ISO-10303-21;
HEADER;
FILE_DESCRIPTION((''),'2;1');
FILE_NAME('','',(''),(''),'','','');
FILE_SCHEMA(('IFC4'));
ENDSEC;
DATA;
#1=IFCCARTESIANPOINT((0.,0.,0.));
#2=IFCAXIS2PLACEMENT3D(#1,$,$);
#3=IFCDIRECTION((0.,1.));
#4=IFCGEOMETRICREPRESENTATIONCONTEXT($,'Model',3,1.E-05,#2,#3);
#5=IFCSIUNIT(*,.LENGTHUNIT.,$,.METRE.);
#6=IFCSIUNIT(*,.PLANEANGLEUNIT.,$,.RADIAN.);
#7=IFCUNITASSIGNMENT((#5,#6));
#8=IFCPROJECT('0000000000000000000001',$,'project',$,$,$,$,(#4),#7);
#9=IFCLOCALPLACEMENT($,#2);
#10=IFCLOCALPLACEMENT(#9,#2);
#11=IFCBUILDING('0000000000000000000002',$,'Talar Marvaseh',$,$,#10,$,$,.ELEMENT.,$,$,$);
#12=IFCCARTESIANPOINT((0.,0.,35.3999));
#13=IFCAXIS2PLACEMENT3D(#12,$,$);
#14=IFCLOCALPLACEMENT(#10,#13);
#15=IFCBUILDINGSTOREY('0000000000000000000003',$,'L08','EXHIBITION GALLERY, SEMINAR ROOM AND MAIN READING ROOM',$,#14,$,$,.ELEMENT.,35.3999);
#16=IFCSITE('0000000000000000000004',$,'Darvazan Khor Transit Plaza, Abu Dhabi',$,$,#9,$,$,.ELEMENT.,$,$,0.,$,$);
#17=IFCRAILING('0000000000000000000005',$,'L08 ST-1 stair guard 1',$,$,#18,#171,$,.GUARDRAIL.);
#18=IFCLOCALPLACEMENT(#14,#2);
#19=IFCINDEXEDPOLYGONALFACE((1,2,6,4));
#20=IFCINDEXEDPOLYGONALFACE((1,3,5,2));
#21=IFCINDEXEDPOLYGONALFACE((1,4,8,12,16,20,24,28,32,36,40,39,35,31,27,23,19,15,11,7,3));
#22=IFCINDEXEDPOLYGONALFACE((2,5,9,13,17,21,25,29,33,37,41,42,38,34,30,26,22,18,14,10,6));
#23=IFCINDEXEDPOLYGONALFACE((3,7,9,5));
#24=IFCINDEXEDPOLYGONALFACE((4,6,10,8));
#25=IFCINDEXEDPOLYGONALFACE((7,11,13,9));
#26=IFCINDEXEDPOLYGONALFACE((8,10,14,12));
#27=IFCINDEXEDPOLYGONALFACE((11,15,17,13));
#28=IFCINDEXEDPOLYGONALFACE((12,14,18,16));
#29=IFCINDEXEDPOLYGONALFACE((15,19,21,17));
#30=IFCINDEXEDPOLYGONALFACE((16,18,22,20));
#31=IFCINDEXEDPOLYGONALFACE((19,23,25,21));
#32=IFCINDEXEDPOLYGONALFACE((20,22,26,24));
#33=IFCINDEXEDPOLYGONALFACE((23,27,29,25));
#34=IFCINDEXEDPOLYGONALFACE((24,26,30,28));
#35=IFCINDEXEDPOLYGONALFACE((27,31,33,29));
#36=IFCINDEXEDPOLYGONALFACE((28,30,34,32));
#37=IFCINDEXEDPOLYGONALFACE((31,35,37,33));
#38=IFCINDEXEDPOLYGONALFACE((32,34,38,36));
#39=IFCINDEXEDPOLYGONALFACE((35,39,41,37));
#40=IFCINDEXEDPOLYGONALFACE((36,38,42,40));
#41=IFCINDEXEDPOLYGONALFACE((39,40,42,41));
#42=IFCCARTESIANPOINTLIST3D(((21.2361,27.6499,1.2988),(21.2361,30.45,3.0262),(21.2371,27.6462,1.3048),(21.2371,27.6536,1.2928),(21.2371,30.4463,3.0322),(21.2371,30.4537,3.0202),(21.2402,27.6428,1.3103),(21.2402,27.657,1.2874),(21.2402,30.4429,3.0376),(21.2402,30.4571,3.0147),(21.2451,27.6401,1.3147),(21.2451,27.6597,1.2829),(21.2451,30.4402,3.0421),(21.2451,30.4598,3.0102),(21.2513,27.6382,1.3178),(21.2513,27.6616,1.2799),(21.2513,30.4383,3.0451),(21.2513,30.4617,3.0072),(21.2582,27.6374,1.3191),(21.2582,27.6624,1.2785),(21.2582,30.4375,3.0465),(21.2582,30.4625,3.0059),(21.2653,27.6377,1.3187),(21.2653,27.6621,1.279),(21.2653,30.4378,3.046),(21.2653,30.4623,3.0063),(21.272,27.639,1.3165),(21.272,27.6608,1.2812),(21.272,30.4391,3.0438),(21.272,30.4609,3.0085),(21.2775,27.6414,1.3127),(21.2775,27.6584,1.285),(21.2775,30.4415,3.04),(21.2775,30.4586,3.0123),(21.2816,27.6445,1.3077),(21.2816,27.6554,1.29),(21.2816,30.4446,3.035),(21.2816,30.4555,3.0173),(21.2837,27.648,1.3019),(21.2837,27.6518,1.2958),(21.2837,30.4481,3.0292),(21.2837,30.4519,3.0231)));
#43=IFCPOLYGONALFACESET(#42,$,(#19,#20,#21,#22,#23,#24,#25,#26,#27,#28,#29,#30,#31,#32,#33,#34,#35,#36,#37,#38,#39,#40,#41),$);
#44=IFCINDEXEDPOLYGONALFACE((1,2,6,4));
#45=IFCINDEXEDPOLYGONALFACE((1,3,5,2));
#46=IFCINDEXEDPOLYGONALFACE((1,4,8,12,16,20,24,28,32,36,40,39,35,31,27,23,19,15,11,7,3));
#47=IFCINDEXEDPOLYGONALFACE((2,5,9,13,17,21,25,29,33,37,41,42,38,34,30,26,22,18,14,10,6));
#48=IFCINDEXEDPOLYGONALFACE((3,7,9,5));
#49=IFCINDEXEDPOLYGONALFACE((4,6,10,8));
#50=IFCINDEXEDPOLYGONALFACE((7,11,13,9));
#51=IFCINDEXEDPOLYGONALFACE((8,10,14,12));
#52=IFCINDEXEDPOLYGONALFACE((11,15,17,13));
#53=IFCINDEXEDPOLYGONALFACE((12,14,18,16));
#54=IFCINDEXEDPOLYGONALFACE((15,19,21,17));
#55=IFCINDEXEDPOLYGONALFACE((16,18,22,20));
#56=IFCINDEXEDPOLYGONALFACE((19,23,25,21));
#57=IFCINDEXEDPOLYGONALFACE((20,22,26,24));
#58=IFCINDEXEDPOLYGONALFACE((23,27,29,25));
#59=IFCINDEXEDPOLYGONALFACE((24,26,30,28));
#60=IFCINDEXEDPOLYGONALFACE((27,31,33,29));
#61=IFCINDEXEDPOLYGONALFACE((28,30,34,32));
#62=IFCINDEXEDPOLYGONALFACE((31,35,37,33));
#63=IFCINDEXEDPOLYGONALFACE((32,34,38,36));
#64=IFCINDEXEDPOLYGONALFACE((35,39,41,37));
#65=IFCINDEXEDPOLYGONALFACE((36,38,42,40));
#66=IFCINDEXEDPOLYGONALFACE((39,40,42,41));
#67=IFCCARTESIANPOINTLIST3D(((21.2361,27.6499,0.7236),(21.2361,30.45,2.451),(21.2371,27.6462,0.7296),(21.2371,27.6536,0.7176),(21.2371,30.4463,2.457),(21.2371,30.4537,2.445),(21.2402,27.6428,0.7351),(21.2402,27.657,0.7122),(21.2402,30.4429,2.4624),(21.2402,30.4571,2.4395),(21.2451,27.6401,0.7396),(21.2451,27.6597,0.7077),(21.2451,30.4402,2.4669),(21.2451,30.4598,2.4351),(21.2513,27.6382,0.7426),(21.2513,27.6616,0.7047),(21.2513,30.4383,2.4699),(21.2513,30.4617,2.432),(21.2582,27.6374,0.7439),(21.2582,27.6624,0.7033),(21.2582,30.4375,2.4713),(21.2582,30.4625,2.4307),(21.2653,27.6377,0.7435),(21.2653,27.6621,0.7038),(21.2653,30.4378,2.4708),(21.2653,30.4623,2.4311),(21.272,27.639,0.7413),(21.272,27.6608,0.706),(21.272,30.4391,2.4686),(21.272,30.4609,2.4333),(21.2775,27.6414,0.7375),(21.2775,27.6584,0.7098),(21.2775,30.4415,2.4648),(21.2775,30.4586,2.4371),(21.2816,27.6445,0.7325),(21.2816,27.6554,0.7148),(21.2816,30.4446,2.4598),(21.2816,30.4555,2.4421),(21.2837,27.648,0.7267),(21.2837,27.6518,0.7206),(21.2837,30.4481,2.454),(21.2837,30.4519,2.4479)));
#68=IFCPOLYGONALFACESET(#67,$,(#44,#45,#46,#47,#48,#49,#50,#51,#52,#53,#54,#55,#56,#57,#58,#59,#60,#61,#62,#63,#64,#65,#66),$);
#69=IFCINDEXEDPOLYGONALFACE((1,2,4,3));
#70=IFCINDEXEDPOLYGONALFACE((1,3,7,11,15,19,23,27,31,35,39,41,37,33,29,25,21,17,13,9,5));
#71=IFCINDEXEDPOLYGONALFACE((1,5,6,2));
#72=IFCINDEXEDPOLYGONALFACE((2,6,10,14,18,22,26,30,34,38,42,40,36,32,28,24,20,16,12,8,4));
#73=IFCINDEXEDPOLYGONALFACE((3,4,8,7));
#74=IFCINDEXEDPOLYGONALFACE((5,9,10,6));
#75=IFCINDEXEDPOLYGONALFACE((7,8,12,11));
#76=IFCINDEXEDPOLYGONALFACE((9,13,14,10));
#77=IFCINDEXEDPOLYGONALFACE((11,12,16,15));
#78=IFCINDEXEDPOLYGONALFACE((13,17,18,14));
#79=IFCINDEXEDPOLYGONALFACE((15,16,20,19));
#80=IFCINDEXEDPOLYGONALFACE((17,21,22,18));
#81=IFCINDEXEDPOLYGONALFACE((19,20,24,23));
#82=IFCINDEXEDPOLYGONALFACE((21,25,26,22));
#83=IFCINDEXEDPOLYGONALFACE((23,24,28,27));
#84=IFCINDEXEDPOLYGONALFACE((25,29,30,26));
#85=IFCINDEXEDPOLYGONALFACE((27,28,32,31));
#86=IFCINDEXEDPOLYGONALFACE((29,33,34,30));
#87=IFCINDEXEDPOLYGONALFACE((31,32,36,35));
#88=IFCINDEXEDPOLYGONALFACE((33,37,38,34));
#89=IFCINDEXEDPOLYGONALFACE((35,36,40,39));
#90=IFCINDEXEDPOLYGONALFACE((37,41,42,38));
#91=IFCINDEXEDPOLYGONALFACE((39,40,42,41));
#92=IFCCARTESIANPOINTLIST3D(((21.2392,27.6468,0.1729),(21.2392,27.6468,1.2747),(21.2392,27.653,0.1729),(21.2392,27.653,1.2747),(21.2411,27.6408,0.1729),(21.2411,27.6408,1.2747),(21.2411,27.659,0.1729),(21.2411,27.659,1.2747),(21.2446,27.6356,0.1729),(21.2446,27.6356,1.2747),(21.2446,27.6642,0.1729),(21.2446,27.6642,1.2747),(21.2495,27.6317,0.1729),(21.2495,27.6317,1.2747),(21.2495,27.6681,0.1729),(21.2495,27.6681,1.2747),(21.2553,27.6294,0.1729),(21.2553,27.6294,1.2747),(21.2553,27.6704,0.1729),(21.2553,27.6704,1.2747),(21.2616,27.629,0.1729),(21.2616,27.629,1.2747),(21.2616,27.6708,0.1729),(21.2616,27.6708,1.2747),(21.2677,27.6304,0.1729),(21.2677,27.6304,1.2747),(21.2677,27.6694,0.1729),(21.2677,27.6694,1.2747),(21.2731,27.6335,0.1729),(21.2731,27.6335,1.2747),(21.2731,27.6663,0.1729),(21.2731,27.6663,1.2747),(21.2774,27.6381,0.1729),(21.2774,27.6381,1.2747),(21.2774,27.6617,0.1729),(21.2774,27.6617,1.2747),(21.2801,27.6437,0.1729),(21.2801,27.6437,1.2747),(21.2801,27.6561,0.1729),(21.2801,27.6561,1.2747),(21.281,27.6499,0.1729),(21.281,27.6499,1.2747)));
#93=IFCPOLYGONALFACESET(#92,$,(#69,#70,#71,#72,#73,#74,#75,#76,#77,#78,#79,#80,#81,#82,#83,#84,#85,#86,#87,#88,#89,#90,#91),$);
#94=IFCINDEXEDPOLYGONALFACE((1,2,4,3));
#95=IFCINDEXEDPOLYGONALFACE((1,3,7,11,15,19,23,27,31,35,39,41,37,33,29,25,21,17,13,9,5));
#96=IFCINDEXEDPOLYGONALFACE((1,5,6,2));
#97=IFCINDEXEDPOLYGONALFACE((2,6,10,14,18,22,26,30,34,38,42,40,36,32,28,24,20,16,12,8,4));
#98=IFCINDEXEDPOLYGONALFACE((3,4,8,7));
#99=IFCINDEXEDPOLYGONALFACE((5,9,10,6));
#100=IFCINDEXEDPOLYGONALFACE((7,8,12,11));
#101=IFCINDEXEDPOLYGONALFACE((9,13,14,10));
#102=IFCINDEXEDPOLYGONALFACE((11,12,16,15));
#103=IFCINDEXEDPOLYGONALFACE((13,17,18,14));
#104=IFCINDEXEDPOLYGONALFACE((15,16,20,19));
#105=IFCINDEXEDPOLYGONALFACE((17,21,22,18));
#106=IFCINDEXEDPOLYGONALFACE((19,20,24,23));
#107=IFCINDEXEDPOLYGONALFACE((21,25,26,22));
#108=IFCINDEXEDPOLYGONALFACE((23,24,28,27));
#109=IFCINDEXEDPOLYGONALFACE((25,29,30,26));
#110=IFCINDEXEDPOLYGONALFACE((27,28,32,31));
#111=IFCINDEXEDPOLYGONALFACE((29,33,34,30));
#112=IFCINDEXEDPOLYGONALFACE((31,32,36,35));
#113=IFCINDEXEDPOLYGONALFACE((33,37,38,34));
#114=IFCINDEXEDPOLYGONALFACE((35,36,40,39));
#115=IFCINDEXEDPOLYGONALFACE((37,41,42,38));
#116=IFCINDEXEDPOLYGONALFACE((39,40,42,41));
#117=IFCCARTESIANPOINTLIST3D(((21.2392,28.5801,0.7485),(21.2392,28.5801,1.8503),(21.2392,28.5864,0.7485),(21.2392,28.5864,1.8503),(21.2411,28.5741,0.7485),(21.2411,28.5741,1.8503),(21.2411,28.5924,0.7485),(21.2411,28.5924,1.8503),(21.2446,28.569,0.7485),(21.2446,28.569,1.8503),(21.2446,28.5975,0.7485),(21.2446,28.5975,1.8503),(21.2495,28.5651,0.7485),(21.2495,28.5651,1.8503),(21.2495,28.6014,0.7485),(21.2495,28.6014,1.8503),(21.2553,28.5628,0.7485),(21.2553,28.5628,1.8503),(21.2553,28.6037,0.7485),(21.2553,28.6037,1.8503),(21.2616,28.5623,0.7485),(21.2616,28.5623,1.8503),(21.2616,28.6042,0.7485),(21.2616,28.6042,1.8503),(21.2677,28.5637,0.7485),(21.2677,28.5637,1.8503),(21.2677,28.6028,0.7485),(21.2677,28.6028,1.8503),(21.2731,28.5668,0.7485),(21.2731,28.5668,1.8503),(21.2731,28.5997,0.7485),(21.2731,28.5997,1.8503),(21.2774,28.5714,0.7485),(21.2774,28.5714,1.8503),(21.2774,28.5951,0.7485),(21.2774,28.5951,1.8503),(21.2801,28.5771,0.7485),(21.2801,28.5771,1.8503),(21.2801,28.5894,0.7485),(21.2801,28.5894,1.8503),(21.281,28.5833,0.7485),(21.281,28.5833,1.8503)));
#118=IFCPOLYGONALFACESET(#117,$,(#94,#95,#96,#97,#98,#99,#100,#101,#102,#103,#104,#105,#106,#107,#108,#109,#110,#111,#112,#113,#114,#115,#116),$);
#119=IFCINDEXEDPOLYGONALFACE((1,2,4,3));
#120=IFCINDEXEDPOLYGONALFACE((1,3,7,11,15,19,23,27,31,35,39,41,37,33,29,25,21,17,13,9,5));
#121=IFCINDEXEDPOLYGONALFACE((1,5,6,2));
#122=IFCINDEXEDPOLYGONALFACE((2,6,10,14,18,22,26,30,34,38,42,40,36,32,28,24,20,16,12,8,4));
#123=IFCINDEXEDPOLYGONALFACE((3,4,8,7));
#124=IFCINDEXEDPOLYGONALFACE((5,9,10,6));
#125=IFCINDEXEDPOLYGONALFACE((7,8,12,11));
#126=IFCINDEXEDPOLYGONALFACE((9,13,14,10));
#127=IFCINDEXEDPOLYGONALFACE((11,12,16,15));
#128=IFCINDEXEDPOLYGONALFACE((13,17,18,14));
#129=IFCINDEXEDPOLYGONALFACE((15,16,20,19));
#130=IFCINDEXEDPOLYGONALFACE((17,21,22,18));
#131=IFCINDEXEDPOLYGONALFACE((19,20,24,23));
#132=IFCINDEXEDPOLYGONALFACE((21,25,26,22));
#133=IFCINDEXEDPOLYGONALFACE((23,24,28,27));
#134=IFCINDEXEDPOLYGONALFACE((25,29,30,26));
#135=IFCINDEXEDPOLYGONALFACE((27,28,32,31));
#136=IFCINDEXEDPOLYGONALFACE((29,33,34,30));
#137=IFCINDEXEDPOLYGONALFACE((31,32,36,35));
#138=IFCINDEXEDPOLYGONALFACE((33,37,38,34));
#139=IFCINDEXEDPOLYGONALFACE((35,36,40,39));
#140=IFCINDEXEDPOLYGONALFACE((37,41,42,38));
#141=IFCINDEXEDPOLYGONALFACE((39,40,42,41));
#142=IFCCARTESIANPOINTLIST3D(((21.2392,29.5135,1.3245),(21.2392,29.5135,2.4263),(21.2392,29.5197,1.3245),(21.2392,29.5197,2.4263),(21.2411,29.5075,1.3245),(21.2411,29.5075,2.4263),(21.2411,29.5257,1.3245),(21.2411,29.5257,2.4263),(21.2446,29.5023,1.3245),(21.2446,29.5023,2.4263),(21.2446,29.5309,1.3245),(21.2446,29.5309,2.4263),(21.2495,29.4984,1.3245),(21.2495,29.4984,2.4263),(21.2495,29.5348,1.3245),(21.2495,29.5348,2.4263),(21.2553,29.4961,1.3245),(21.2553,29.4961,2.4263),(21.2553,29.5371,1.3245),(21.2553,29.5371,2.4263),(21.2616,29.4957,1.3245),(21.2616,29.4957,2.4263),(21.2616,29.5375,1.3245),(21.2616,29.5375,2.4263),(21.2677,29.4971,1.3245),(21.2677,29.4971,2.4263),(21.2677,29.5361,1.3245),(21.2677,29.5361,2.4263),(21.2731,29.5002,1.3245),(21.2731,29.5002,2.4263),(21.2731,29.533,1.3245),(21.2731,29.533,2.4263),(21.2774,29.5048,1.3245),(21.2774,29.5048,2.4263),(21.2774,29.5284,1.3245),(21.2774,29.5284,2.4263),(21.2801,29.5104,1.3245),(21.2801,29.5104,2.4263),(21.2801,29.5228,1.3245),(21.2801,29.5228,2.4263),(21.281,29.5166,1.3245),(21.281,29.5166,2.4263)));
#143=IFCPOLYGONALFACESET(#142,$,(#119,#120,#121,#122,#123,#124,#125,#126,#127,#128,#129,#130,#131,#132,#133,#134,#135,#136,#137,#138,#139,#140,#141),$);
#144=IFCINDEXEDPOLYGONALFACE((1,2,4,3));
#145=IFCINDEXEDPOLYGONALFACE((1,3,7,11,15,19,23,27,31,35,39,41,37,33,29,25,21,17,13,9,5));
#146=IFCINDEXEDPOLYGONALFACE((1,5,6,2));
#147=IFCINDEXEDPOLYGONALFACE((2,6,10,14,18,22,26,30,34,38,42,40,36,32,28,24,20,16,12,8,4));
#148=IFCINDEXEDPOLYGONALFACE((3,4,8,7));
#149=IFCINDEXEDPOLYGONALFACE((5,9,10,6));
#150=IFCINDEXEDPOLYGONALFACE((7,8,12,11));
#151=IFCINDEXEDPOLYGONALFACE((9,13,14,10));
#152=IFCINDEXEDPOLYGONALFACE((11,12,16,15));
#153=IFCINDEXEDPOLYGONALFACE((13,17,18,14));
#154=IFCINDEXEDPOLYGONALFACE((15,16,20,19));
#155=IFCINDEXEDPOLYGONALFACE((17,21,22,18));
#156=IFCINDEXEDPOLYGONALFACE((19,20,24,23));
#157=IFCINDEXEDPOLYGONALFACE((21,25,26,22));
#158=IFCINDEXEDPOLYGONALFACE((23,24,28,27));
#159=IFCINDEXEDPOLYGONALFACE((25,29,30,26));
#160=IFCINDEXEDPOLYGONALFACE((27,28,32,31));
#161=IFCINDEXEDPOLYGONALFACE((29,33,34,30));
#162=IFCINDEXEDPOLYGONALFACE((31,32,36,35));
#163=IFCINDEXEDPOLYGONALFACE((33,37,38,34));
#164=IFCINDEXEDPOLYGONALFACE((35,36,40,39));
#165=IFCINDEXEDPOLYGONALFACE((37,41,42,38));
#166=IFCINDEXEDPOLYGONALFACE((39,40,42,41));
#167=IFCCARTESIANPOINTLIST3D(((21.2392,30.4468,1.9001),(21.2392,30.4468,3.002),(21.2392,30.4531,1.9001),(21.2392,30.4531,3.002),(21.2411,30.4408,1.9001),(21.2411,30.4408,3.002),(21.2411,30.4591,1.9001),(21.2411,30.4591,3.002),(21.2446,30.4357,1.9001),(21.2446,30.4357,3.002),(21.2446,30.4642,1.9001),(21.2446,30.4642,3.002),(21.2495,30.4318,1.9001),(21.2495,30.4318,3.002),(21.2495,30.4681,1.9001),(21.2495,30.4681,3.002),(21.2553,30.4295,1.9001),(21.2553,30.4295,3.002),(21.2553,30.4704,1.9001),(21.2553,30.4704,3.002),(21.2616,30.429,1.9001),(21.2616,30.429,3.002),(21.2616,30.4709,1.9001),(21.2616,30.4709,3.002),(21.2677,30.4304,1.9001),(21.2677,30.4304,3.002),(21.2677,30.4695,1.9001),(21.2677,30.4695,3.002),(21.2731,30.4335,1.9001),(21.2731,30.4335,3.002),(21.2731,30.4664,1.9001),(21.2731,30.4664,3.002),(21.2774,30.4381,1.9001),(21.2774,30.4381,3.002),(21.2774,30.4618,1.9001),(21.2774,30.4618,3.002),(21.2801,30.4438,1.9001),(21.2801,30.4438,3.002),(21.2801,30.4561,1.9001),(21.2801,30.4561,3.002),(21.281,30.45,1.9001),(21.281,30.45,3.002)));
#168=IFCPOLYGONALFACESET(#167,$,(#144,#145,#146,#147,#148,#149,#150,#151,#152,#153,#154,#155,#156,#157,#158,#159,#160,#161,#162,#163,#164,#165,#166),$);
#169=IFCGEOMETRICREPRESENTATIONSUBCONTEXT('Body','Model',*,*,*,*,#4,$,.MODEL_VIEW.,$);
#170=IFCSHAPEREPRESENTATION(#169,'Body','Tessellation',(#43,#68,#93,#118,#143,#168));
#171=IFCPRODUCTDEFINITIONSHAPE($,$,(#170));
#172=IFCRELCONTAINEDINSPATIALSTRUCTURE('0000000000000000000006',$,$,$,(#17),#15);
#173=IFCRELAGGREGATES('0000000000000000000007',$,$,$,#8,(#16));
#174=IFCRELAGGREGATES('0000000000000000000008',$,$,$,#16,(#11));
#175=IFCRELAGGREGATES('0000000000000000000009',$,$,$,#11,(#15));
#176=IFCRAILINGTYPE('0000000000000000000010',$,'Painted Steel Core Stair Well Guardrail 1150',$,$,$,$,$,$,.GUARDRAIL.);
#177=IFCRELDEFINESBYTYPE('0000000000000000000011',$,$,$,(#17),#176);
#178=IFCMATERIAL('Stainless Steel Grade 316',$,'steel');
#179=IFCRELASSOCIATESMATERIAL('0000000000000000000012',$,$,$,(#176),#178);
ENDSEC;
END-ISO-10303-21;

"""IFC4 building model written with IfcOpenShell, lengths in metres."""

from ifc_helpers import new_model, si_unit, direction, frame, origin, origin_2d, place, context, subcontext, project, spatial, circle, extrude, material, type_object, element, save


model = new_model("IFC4")

# Units and contexts
model_context = context("Model", 3, precision=1e-05, world=origin(), true_north=direction((0.0, 1.0)))
body_context = subcontext(model_context, "Body", "Model", "MODEL_VIEW")
ifc_project = project(units=[si_unit("LENGTHUNIT", "METRE"), si_unit("PLANEANGLEUNIT", "RADIAN")], contexts=[model_context])

# Site, building, storey
site_placement = place(None, origin())
site = spatial("IfcSite", under=ifc_project, at=site_placement, Name="Darvazan Khor Transit Plaza, Abu Dhabi", CompositionType="ELEMENT", RefElevation=0.0)
building_placement = place(site_placement, origin())
building = spatial("IfcBuilding", under=site, at=building_placement, Name="Talar Marvaseh", CompositionType="ELEMENT")
storey_placement = place(building_placement, frame((0.0, 0.0, 35.3999)))
storey = spatial("IfcBuildingStorey", under=building, at=storey_placement, Name="L08", Description="EXHIBITION GALLERY, SEMINAR ROOM AND MAIN READING ROOM", CompositionType="ELEMENT", Elevation=35.3999)

# Railing
ifc_material_1 = material(Name="Stainless Steel Grade 316", Category="steel")
railing_type_1 = type_object("IfcRailingType", Name="Painted Steel Core Stair Well Guardrail 1150", PredefinedType="GUARDRAIL", material=ifc_material_1)
railing_1_placement = place(storey_placement, frame((21.26, 27.6499, 0.1729)))
element("IfcRailing", 1, at=railing_1_placement, inside=storey, type_object=railing_type_1, Name="L08 ST-1 stair guard 1", PredefinedType="GUARDRAIL", context=body_context, shape_type="SweptSolid", body=[
    extrude(circle(Radius=0.0239, at=origin_2d()), frame((0.0, 0.0, 1.126), z_axis=(0.0, 0.85109, 0.52502), x_axis=(-1.0, 0.0, 0.0)), (0.0, 0.0, 1.0), 3.29),
    extrude(circle(Radius=0.0239, at=origin_2d()), frame((0.0, 0.0, 0.5508), z_axis=(0.0, 0.85109, 0.52502), x_axis=(-1.0, 0.0, 0.0)), (0.0, 0.0, 1.0), 3.29),
    extrude(circle(Radius=0.021, at=origin_2d()), origin(), (0.0, 0.0, 1.0), 1.1018),
    extrude(circle(Radius=0.021, at=origin_2d()), frame((0.0, 0.9333, 0.5757)), (0.0, 0.0, 1.0), 1.1018),
    extrude(circle(Radius=0.021, at=origin_2d()), frame((0.0, 1.8667, 1.1516)), (0.0, 0.0, 1.0), 1.1018),
    extrude(circle(Radius=0.021, at=origin_2d()), frame((0.0, 2.8, 1.7273)), (0.0, 0.0, 1.0), 1.1018),
])

save(model, "model.ifc")
